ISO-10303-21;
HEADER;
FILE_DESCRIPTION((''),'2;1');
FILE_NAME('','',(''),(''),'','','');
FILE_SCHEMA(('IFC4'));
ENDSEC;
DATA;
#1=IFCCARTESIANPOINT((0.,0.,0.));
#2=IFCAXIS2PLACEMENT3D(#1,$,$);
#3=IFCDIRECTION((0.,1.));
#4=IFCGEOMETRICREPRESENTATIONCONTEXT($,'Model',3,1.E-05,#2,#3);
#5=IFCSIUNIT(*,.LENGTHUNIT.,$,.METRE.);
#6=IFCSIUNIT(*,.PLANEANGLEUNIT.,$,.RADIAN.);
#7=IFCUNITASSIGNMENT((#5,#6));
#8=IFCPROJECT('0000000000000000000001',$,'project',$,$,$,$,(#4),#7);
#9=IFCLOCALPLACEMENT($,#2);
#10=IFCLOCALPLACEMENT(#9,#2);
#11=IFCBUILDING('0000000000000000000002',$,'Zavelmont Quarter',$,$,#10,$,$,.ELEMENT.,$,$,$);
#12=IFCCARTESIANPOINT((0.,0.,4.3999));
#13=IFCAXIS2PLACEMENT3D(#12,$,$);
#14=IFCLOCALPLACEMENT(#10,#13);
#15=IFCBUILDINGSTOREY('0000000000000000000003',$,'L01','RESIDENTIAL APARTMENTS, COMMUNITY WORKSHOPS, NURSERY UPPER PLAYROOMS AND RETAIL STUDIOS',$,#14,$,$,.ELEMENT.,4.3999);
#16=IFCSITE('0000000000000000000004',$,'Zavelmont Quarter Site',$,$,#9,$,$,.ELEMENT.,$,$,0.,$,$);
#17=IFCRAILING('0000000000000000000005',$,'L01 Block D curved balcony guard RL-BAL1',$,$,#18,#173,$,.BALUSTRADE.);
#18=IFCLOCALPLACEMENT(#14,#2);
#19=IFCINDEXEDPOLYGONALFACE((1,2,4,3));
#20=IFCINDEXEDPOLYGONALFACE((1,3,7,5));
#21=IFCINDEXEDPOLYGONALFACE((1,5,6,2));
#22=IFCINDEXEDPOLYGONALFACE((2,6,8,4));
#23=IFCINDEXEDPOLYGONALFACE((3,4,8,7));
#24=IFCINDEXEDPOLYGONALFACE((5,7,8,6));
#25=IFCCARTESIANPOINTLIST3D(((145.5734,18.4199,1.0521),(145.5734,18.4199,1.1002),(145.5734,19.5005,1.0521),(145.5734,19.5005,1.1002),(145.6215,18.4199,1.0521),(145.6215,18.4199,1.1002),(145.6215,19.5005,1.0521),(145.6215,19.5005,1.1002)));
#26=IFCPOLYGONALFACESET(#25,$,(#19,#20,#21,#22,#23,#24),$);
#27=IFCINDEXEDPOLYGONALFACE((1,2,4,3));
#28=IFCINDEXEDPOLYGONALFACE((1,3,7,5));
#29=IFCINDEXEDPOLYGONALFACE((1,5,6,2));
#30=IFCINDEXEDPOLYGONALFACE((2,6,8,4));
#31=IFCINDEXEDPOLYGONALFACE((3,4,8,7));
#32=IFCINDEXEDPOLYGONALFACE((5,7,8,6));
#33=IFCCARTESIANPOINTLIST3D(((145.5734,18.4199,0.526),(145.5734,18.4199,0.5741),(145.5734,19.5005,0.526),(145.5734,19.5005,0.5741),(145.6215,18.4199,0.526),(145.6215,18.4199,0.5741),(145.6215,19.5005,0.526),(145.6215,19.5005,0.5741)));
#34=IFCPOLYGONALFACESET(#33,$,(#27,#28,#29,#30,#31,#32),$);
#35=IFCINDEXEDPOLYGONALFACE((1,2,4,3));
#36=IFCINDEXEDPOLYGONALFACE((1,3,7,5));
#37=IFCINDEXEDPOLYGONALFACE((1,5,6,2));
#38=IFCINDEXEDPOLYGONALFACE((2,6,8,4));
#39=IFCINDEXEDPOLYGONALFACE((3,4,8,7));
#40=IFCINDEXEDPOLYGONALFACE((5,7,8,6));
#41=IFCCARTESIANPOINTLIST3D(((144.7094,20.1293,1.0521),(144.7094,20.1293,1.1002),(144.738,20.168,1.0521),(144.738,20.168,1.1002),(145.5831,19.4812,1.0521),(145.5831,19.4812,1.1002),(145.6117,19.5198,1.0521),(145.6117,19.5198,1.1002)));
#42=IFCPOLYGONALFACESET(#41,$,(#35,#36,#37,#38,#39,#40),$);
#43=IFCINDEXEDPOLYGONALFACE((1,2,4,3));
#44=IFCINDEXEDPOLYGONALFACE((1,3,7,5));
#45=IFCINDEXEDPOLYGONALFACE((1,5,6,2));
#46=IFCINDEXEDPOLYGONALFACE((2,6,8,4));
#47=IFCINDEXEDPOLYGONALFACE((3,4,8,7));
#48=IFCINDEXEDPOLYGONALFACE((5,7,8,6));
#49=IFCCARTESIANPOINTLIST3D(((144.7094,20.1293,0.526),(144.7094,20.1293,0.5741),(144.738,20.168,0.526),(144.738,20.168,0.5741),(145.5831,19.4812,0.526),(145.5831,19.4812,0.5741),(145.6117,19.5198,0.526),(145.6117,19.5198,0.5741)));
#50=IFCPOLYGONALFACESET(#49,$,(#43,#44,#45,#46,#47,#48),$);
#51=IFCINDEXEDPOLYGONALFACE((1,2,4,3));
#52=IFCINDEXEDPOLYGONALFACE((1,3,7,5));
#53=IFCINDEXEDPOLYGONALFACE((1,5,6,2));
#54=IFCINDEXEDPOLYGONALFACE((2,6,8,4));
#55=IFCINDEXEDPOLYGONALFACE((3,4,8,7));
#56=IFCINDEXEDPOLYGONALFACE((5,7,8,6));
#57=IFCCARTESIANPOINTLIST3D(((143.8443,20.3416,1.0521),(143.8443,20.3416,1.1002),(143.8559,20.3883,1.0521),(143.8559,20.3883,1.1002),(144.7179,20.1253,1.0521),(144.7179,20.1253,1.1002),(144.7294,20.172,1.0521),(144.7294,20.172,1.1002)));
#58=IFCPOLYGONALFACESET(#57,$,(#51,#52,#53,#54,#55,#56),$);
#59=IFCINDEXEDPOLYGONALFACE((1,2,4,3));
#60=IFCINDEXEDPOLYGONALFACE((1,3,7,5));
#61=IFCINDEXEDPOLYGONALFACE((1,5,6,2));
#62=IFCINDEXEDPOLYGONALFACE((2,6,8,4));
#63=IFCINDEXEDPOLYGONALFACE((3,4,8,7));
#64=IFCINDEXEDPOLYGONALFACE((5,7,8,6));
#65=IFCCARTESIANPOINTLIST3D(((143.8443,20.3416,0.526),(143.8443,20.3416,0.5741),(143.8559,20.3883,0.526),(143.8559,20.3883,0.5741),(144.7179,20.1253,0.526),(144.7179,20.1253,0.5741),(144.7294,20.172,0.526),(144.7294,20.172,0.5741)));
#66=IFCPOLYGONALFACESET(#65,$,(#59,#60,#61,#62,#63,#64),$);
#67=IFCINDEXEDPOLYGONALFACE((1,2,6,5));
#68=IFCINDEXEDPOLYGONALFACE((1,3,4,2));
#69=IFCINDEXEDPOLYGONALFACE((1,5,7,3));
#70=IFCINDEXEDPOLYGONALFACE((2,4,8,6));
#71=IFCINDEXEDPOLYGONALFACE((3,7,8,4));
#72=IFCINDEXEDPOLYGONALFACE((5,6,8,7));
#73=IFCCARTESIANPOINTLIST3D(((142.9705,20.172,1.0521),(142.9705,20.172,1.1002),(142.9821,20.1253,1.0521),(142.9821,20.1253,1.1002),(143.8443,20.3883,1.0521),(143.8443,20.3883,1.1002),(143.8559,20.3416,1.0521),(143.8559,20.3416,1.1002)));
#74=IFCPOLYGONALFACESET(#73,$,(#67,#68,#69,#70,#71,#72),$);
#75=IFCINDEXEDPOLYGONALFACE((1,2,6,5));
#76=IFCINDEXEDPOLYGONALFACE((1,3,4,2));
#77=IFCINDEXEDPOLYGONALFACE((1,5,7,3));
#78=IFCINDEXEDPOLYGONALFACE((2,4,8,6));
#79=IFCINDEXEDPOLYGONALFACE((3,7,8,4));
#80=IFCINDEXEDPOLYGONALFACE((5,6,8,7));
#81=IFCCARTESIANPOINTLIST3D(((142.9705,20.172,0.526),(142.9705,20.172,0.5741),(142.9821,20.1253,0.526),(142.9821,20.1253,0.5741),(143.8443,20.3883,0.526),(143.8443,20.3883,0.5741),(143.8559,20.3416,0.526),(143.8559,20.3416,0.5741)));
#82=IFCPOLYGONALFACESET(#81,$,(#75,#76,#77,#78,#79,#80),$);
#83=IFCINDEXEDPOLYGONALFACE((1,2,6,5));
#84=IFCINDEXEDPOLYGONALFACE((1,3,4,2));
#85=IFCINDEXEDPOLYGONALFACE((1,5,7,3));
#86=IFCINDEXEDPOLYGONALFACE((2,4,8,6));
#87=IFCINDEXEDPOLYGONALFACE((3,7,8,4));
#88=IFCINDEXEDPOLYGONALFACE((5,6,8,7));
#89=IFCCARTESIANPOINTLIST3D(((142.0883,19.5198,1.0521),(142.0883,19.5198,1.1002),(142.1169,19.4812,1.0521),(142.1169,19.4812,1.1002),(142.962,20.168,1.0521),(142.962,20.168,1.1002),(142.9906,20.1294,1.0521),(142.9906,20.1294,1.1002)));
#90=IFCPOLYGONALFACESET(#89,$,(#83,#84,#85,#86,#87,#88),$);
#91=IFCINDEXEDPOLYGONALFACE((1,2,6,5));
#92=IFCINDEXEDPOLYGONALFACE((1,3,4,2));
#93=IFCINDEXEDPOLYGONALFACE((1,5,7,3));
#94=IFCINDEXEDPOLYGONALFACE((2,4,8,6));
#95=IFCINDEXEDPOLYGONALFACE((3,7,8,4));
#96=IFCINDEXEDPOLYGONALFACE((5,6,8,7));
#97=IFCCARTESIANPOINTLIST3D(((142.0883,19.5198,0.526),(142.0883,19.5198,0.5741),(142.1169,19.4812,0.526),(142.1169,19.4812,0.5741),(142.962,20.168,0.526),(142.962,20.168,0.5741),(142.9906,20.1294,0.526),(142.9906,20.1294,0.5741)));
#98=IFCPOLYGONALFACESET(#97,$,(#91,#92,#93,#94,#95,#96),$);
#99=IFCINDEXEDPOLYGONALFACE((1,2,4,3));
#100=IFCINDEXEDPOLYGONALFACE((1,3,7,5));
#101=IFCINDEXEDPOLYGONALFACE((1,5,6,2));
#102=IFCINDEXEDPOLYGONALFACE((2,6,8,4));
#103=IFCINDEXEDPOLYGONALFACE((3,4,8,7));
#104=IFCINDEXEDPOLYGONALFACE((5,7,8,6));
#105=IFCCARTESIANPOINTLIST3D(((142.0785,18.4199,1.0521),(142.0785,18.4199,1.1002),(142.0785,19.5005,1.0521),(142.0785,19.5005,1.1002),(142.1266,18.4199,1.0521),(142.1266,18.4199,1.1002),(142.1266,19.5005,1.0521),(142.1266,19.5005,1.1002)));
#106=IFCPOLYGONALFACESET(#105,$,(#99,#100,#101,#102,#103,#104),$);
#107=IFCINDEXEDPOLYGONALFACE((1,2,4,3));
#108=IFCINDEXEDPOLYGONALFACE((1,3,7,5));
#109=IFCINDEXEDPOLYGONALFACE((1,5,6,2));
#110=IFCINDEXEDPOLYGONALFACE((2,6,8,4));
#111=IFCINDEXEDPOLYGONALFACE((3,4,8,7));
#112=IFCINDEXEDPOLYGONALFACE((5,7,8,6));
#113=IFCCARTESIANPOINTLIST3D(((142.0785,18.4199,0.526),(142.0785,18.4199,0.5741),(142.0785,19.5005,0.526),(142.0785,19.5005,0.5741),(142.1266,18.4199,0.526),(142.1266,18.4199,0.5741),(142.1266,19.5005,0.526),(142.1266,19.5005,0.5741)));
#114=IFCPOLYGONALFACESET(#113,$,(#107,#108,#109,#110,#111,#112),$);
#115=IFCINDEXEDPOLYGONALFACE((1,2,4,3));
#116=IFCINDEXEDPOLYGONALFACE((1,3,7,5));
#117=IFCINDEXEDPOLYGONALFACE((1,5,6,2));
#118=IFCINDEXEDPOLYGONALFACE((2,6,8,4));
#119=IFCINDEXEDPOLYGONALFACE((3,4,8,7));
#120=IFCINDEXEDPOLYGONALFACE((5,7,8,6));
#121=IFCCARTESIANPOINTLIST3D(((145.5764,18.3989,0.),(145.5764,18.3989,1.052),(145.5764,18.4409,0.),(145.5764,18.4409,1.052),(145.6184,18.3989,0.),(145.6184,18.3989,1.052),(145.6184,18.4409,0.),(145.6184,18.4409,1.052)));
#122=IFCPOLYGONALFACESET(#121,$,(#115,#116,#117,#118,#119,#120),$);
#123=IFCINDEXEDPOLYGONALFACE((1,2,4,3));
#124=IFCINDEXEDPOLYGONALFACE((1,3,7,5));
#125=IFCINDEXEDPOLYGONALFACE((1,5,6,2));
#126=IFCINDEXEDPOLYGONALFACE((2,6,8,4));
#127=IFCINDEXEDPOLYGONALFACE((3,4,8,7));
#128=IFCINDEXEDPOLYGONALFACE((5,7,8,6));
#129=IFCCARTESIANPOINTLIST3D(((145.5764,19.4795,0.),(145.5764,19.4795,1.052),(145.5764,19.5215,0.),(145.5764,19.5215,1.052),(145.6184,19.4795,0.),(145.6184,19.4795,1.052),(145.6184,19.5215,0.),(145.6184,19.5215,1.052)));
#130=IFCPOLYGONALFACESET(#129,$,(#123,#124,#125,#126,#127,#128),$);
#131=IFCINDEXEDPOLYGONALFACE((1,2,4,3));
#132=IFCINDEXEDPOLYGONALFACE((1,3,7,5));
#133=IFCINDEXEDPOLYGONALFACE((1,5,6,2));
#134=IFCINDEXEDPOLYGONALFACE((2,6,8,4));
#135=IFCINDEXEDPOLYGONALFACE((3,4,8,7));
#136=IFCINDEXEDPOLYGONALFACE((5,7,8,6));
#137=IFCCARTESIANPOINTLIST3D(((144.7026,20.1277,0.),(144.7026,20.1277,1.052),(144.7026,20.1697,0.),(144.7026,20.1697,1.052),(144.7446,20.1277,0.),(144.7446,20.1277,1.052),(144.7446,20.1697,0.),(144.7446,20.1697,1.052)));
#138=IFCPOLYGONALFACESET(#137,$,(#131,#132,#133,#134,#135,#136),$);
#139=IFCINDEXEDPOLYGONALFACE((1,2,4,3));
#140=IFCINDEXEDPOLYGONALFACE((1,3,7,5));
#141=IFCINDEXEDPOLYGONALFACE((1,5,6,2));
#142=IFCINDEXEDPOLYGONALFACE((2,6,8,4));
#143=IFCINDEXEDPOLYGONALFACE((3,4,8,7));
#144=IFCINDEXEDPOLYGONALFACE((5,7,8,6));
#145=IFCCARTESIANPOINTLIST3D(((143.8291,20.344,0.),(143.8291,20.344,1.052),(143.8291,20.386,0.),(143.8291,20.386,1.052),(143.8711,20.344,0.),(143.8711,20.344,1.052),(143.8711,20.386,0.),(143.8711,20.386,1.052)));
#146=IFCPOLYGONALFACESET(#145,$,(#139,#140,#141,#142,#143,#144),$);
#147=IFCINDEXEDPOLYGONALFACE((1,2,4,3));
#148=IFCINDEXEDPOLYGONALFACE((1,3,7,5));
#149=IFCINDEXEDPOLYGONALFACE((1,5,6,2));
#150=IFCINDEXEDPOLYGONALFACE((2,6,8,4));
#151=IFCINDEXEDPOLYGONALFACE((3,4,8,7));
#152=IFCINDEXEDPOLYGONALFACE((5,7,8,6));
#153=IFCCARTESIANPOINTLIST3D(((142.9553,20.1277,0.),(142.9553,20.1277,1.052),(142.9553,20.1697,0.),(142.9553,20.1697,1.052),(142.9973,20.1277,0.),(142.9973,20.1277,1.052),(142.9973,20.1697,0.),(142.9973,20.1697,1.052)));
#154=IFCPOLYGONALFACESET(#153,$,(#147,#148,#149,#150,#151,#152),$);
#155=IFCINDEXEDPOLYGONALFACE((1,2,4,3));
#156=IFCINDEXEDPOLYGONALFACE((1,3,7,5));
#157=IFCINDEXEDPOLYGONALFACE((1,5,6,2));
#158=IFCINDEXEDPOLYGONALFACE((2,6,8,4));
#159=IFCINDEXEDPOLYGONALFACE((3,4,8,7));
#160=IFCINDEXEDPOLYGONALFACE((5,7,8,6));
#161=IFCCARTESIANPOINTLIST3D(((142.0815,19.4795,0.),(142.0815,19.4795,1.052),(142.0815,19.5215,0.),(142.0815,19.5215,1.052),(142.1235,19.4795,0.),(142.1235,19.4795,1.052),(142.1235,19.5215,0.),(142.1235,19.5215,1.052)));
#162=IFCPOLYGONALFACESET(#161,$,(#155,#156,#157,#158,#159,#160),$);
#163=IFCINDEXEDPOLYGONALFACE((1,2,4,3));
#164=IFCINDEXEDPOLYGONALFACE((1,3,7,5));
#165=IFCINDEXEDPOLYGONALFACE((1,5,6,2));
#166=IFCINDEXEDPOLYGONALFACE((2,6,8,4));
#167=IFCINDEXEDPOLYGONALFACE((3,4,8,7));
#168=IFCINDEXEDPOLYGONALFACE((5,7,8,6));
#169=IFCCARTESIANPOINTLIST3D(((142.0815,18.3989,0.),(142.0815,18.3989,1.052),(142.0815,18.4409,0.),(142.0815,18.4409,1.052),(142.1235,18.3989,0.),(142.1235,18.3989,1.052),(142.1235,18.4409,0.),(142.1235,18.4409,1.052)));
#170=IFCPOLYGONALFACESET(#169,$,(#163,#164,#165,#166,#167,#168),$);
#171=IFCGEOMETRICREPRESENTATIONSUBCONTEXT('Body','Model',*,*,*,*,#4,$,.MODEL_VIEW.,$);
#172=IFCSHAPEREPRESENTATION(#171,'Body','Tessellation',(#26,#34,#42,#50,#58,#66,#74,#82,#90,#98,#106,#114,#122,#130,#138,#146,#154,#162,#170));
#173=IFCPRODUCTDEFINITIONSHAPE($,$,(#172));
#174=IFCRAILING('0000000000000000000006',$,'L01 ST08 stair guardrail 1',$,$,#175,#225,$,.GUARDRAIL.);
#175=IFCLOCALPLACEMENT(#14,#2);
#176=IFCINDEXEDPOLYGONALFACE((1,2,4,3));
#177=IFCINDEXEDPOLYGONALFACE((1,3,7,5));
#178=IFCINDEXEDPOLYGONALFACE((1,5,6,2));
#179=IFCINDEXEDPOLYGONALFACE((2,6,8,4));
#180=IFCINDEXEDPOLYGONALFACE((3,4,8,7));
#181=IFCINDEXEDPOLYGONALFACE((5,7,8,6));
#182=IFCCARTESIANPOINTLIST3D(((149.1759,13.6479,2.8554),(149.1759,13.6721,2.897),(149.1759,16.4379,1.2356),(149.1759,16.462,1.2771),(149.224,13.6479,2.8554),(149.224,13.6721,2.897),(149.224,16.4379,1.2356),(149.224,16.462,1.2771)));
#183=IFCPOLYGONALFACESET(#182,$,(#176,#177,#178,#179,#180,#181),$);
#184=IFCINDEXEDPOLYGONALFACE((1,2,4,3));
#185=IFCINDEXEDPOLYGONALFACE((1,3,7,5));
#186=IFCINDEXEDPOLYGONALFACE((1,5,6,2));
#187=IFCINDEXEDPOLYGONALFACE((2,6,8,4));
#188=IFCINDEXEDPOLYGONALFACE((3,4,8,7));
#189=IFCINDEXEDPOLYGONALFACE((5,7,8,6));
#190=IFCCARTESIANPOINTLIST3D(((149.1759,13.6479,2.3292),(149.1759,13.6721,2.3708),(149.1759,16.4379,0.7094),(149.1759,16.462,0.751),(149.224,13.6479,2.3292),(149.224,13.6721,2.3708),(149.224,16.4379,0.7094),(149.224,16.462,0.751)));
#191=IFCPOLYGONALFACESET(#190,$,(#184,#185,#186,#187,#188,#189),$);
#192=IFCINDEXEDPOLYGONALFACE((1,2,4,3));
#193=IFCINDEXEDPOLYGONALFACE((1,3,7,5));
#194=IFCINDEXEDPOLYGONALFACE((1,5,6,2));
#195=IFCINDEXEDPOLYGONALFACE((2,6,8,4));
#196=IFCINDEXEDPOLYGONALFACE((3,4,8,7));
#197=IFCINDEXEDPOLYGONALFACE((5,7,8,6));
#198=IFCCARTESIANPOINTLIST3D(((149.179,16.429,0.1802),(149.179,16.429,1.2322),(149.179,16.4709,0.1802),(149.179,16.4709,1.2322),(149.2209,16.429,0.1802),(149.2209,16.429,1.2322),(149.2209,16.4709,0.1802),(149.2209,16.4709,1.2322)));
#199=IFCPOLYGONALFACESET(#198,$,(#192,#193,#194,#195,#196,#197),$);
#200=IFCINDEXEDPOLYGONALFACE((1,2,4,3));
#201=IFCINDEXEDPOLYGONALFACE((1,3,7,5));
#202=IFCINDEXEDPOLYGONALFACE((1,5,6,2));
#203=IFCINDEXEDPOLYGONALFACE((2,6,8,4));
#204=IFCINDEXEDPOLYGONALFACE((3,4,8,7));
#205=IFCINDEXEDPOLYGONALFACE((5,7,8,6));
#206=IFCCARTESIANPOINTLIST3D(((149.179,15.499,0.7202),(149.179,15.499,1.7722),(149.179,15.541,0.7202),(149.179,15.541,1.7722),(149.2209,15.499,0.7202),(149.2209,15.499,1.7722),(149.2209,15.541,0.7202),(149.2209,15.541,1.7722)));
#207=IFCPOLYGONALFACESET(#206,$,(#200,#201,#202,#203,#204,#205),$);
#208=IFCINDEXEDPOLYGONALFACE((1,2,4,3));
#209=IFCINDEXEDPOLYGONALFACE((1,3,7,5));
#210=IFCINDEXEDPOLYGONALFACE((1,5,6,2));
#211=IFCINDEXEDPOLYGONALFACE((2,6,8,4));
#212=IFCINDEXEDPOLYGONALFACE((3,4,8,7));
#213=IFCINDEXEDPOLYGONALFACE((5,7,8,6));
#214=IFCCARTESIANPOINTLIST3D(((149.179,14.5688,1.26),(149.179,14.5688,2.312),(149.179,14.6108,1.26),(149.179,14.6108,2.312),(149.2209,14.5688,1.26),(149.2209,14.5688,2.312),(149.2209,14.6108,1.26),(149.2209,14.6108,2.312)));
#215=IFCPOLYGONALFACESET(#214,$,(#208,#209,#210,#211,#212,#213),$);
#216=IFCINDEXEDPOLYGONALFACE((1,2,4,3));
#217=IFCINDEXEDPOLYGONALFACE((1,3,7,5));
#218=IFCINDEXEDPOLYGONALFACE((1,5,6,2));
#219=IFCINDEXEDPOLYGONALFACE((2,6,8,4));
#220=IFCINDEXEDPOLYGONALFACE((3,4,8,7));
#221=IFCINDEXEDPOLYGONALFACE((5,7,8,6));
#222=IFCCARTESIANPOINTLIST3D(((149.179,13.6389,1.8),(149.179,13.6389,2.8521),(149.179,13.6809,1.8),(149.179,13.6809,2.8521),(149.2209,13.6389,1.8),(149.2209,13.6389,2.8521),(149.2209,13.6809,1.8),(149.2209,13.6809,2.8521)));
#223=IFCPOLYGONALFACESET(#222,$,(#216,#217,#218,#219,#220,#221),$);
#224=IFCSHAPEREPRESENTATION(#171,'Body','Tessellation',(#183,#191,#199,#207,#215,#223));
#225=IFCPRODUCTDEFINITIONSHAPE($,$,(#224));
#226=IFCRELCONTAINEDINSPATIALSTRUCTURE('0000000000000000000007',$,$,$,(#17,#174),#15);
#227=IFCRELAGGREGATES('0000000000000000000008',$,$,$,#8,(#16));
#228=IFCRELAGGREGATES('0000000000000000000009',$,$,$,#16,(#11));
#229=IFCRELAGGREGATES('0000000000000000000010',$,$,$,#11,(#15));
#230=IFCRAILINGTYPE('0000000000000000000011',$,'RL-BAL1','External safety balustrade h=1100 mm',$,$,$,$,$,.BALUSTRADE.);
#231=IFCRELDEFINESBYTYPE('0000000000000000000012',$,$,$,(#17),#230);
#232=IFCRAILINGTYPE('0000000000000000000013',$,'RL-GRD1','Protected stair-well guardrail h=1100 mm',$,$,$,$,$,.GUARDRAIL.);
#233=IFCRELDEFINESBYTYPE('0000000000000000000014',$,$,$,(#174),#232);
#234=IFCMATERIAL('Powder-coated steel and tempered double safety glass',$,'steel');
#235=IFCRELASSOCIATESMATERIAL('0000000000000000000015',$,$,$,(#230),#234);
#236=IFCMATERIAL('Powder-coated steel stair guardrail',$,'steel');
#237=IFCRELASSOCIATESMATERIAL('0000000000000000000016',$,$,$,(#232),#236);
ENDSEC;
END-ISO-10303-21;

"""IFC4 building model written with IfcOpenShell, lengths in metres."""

from ifc_helpers import new_model, si_unit, direction, frame, origin, origin_2d, place, context, subcontext, project, spatial, rectangle, extrude, material, type_object, element, save


model = new_model("IFC4")

# Units and contexts
model_context = context("Model", 3, precision=1e-05, world=origin(), true_north=direction((0.0, 1.0)))
body_context = subcontext(model_context, "Body", "Model", "MODEL_VIEW")
ifc_project = project(units=[si_unit("LENGTHUNIT", "METRE"), si_unit("PLANEANGLEUNIT", "RADIAN")], contexts=[model_context])

# Site, building, storey
site_placement = place(None, origin())
site = spatial("IfcSite", under=ifc_project, at=site_placement, Name="Zavelmont Quarter Site", CompositionType="ELEMENT", RefElevation=0.0)
building_placement = place(site_placement, origin())
building = spatial("IfcBuilding", under=site, at=building_placement, Name="Zavelmont Quarter", CompositionType="ELEMENT")
storey_placement = place(building_placement, frame((0.0, 0.0, 4.3999)))
storey = spatial("IfcBuildingStorey", under=building, at=storey_placement, Name="L01", Description="RESIDENTIAL APARTMENTS, COMMUNITY WORKSHOPS, NURSERY UPPER PLAYROOMS AND RETAIL STUDIOS", CompositionType="ELEMENT", Elevation=4.3999)

# Railings
ifc_material_1 = material(Name="Powder-coated steel and tempered double safety glass", Category="steel")
railing_type_1 = type_object("IfcRailingType", Name="RL-BAL1", Description="External safety balustrade h=1100 mm", PredefinedType="BALUSTRADE", material=ifc_material_1)
railing_1_placement = place(storey_placement, frame((145.5974, 18.4199, 0.0)))
element("IfcRailing", 1, at=railing_1_placement, inside=storey, type_object=railing_type_1, Name="L01 Block D curved balcony guard RL-BAL1", PredefinedType="BALUSTRADE", context=body_context, shape_type="SweptSolid", body=[
    extrude(rectangle(XDim=0.0481, YDim=0.0481, at=origin_2d()), frame((0.0, 0.0, 1.0762), z_axis=(0.0, 1.0, 0.0), x_axis=(-1.0, 0.0, 0.0)), (0.0, 0.0, 1.0), 1.0806),
    extrude(rectangle(XDim=0.0481, YDim=0.0481, at=origin_2d()), frame((0.0, 0.0, 0.55), z_axis=(0.0, 1.0, 0.0), x_axis=(-1.0, 0.0, 0.0)), (0.0, 0.0, 1.0), 1.0806),
    extrude(rectangle(XDim=0.0481, YDim=0.0481, at=origin_2d()), frame((0.0, 1.0806, 1.0762), z_axis=(-0.80314, 0.595791, 0.0), x_axis=(-0.595791, -0.80314, 0.0)), (0.0, 0.0, 1.0), 1.0879),
    extrude(rectangle(XDim=0.0481, YDim=0.0481, at=origin_2d()), frame((0.0, 1.0806, 0.55), z_axis=(-0.80314, 0.595791, 0.0), x_axis=(-0.595791, -0.80314, 0.0)), (0.0, 0.0, 1.0), 1.0879),
    extrude(rectangle(XDim=0.0481, YDim=0.0481, at=origin_2d()), frame((-0.8738, 1.7288, 1.0762), z_axis=(-0.970683, 0.240365, 0.0), x_axis=(-0.240365, -0.970683, 0.0)), (0.0, 0.0, 1.0), 0.8999),
    extrude(rectangle(XDim=0.0481, YDim=0.0481, at=origin_2d()), frame((-0.8738, 1.7288, 0.55), z_axis=(-0.970683, 0.240365, 0.0), x_axis=(-0.240365, -0.970683, 0.0)), (0.0, 0.0, 1.0), 0.8999),
    extrude(rectangle(XDim=0.0481, YDim=0.0481, at=origin_2d()), frame((-1.7473, 1.9451, 1.0762), z_axis=(-0.970698, -0.240301, 0.0), x_axis=(0.240301, -0.970698, 0.0)), (0.0, 0.0, 1.0), 0.9001),
    extrude(rectangle(XDim=0.0481, YDim=0.0481, at=origin_2d()), frame((-1.7473, 1.9451, 0.55), z_axis=(-0.970698, -0.240301, 0.0), x_axis=(0.240301, -0.970698, 0.0)), (0.0, 0.0, 1.0), 0.9001),
    extrude(rectangle(XDim=0.0481, YDim=0.0481, at=origin_2d()), frame((-2.6211, 1.7288, 1.0762), z_axis=(-0.80314, -0.595791, 0.0), x_axis=(0.595791, -0.80314, 0.0)), (0.0, 0.0, 1.0), 1.0879),
    extrude(rectangle(XDim=0.0481, YDim=0.0481, at=origin_2d()), frame((-2.6211, 1.7288, 0.55), z_axis=(-0.80314, -0.595791, 0.0), x_axis=(0.595791, -0.80314, 0.0)), (0.0, 0.0, 1.0), 1.0879),
    extrude(rectangle(XDim=0.0481, YDim=0.0481, at=origin_2d()), frame((-3.4949, 1.0806, 1.0762), z_axis=(0.0, -1.0, 0.0), x_axis=(1.0, 0.0, 0.0)), (0.0, 0.0, 1.0), 1.0806),
    extrude(rectangle(XDim=0.0481, YDim=0.0481, at=origin_2d()), frame((-3.4949, 1.0806, 0.55), z_axis=(0.0, -1.0, 0.0), x_axis=(1.0, 0.0, 0.0)), (0.0, 0.0, 1.0), 1.0806),
    extrude(rectangle(XDim=0.042, YDim=0.042, at=origin_2d()), origin(), (0.0, 0.0, 1.0), 1.052),
    extrude(rectangle(XDim=0.042, YDim=0.042, at=origin_2d()), frame((0.0, 1.0806, 0.0)), (0.0, 0.0, 1.0), 1.052),
    extrude(rectangle(XDim=0.042, YDim=0.042, at=origin_2d()), frame((-0.8738, 1.7288, 0.0)), (0.0, 0.0, 1.0), 1.052),
    extrude(rectangle(XDim=0.042, YDim=0.042, at=origin_2d()), frame((-1.7473, 1.9451, 0.0)), (0.0, 0.0, 1.0), 1.052),
    extrude(rectangle(XDim=0.042, YDim=0.042, at=origin_2d()), frame((-2.6211, 1.7288, 0.0)), (0.0, 0.0, 1.0), 1.052),
    extrude(rectangle(XDim=0.042, YDim=0.042, at=origin_2d()), frame((-3.4949, 1.0806, 0.0)), (0.0, 0.0, 1.0), 1.052),
    extrude(rectangle(XDim=0.042, YDim=0.042, at=origin_2d()), frame((-3.4949, 0.0, 0.0)), (0.0, 0.0, 1.0), 1.052),
])
ifc_material_2 = material(Name="Powder-coated steel stair guardrail", Category="steel")
railing_type_2 = type_object("IfcRailingType", Name="RL-GRD1", Description="Protected stair-well guardrail h=1100 mm", PredefinedType="GUARDRAIL", material=ifc_material_2)
railing_2_placement = place(storey_placement, frame((149.2, 16.45, 0.1802)))
element("IfcRailing", 2, at=railing_2_placement, inside=storey, type_object=railing_type_2, Name="L01 ST08 stair guardrail 1", PredefinedType="GUARDRAIL", context=body_context, shape_type="SweptSolid", body=[
    extrude(rectangle(XDim=0.0481, YDim=0.0481, at=origin_2d()), frame((0.0, 0.0, 1.0762), z_axis=(0.0, -0.864809, 0.502101), x_axis=(1.0, 0.0, 0.0)), (0.0, 0.0, 1.0), 3.2261),
    extrude(rectangle(XDim=0.0481, YDim=0.0481, at=origin_2d()), frame((0.0, 0.0, 0.55), z_axis=(0.0, -0.864809, 0.502101), x_axis=(1.0, 0.0, 0.0)), (0.0, 0.0, 1.0), 3.2261),
    extrude(rectangle(XDim=0.042, YDim=0.042, at=origin_2d()), origin(), (0.0, 0.0, 1.0), 1.052),
    extrude(rectangle(XDim=0.042, YDim=0.042, at=origin_2d()), frame((0.0, -0.9299, 0.54)), (0.0, 0.0, 1.0), 1.052),
    extrude(rectangle(XDim=0.042, YDim=0.042, at=origin_2d()), frame((0.0, -1.8601, 1.0798)), (0.0, 0.0, 1.0), 1.052),
    extrude(rectangle(XDim=0.042, YDim=0.042, at=origin_2d()), frame((0.0, -2.79, 1.6199)), (0.0, 0.0, 1.0), 1.052),
])

save(model, "model.ifc")
